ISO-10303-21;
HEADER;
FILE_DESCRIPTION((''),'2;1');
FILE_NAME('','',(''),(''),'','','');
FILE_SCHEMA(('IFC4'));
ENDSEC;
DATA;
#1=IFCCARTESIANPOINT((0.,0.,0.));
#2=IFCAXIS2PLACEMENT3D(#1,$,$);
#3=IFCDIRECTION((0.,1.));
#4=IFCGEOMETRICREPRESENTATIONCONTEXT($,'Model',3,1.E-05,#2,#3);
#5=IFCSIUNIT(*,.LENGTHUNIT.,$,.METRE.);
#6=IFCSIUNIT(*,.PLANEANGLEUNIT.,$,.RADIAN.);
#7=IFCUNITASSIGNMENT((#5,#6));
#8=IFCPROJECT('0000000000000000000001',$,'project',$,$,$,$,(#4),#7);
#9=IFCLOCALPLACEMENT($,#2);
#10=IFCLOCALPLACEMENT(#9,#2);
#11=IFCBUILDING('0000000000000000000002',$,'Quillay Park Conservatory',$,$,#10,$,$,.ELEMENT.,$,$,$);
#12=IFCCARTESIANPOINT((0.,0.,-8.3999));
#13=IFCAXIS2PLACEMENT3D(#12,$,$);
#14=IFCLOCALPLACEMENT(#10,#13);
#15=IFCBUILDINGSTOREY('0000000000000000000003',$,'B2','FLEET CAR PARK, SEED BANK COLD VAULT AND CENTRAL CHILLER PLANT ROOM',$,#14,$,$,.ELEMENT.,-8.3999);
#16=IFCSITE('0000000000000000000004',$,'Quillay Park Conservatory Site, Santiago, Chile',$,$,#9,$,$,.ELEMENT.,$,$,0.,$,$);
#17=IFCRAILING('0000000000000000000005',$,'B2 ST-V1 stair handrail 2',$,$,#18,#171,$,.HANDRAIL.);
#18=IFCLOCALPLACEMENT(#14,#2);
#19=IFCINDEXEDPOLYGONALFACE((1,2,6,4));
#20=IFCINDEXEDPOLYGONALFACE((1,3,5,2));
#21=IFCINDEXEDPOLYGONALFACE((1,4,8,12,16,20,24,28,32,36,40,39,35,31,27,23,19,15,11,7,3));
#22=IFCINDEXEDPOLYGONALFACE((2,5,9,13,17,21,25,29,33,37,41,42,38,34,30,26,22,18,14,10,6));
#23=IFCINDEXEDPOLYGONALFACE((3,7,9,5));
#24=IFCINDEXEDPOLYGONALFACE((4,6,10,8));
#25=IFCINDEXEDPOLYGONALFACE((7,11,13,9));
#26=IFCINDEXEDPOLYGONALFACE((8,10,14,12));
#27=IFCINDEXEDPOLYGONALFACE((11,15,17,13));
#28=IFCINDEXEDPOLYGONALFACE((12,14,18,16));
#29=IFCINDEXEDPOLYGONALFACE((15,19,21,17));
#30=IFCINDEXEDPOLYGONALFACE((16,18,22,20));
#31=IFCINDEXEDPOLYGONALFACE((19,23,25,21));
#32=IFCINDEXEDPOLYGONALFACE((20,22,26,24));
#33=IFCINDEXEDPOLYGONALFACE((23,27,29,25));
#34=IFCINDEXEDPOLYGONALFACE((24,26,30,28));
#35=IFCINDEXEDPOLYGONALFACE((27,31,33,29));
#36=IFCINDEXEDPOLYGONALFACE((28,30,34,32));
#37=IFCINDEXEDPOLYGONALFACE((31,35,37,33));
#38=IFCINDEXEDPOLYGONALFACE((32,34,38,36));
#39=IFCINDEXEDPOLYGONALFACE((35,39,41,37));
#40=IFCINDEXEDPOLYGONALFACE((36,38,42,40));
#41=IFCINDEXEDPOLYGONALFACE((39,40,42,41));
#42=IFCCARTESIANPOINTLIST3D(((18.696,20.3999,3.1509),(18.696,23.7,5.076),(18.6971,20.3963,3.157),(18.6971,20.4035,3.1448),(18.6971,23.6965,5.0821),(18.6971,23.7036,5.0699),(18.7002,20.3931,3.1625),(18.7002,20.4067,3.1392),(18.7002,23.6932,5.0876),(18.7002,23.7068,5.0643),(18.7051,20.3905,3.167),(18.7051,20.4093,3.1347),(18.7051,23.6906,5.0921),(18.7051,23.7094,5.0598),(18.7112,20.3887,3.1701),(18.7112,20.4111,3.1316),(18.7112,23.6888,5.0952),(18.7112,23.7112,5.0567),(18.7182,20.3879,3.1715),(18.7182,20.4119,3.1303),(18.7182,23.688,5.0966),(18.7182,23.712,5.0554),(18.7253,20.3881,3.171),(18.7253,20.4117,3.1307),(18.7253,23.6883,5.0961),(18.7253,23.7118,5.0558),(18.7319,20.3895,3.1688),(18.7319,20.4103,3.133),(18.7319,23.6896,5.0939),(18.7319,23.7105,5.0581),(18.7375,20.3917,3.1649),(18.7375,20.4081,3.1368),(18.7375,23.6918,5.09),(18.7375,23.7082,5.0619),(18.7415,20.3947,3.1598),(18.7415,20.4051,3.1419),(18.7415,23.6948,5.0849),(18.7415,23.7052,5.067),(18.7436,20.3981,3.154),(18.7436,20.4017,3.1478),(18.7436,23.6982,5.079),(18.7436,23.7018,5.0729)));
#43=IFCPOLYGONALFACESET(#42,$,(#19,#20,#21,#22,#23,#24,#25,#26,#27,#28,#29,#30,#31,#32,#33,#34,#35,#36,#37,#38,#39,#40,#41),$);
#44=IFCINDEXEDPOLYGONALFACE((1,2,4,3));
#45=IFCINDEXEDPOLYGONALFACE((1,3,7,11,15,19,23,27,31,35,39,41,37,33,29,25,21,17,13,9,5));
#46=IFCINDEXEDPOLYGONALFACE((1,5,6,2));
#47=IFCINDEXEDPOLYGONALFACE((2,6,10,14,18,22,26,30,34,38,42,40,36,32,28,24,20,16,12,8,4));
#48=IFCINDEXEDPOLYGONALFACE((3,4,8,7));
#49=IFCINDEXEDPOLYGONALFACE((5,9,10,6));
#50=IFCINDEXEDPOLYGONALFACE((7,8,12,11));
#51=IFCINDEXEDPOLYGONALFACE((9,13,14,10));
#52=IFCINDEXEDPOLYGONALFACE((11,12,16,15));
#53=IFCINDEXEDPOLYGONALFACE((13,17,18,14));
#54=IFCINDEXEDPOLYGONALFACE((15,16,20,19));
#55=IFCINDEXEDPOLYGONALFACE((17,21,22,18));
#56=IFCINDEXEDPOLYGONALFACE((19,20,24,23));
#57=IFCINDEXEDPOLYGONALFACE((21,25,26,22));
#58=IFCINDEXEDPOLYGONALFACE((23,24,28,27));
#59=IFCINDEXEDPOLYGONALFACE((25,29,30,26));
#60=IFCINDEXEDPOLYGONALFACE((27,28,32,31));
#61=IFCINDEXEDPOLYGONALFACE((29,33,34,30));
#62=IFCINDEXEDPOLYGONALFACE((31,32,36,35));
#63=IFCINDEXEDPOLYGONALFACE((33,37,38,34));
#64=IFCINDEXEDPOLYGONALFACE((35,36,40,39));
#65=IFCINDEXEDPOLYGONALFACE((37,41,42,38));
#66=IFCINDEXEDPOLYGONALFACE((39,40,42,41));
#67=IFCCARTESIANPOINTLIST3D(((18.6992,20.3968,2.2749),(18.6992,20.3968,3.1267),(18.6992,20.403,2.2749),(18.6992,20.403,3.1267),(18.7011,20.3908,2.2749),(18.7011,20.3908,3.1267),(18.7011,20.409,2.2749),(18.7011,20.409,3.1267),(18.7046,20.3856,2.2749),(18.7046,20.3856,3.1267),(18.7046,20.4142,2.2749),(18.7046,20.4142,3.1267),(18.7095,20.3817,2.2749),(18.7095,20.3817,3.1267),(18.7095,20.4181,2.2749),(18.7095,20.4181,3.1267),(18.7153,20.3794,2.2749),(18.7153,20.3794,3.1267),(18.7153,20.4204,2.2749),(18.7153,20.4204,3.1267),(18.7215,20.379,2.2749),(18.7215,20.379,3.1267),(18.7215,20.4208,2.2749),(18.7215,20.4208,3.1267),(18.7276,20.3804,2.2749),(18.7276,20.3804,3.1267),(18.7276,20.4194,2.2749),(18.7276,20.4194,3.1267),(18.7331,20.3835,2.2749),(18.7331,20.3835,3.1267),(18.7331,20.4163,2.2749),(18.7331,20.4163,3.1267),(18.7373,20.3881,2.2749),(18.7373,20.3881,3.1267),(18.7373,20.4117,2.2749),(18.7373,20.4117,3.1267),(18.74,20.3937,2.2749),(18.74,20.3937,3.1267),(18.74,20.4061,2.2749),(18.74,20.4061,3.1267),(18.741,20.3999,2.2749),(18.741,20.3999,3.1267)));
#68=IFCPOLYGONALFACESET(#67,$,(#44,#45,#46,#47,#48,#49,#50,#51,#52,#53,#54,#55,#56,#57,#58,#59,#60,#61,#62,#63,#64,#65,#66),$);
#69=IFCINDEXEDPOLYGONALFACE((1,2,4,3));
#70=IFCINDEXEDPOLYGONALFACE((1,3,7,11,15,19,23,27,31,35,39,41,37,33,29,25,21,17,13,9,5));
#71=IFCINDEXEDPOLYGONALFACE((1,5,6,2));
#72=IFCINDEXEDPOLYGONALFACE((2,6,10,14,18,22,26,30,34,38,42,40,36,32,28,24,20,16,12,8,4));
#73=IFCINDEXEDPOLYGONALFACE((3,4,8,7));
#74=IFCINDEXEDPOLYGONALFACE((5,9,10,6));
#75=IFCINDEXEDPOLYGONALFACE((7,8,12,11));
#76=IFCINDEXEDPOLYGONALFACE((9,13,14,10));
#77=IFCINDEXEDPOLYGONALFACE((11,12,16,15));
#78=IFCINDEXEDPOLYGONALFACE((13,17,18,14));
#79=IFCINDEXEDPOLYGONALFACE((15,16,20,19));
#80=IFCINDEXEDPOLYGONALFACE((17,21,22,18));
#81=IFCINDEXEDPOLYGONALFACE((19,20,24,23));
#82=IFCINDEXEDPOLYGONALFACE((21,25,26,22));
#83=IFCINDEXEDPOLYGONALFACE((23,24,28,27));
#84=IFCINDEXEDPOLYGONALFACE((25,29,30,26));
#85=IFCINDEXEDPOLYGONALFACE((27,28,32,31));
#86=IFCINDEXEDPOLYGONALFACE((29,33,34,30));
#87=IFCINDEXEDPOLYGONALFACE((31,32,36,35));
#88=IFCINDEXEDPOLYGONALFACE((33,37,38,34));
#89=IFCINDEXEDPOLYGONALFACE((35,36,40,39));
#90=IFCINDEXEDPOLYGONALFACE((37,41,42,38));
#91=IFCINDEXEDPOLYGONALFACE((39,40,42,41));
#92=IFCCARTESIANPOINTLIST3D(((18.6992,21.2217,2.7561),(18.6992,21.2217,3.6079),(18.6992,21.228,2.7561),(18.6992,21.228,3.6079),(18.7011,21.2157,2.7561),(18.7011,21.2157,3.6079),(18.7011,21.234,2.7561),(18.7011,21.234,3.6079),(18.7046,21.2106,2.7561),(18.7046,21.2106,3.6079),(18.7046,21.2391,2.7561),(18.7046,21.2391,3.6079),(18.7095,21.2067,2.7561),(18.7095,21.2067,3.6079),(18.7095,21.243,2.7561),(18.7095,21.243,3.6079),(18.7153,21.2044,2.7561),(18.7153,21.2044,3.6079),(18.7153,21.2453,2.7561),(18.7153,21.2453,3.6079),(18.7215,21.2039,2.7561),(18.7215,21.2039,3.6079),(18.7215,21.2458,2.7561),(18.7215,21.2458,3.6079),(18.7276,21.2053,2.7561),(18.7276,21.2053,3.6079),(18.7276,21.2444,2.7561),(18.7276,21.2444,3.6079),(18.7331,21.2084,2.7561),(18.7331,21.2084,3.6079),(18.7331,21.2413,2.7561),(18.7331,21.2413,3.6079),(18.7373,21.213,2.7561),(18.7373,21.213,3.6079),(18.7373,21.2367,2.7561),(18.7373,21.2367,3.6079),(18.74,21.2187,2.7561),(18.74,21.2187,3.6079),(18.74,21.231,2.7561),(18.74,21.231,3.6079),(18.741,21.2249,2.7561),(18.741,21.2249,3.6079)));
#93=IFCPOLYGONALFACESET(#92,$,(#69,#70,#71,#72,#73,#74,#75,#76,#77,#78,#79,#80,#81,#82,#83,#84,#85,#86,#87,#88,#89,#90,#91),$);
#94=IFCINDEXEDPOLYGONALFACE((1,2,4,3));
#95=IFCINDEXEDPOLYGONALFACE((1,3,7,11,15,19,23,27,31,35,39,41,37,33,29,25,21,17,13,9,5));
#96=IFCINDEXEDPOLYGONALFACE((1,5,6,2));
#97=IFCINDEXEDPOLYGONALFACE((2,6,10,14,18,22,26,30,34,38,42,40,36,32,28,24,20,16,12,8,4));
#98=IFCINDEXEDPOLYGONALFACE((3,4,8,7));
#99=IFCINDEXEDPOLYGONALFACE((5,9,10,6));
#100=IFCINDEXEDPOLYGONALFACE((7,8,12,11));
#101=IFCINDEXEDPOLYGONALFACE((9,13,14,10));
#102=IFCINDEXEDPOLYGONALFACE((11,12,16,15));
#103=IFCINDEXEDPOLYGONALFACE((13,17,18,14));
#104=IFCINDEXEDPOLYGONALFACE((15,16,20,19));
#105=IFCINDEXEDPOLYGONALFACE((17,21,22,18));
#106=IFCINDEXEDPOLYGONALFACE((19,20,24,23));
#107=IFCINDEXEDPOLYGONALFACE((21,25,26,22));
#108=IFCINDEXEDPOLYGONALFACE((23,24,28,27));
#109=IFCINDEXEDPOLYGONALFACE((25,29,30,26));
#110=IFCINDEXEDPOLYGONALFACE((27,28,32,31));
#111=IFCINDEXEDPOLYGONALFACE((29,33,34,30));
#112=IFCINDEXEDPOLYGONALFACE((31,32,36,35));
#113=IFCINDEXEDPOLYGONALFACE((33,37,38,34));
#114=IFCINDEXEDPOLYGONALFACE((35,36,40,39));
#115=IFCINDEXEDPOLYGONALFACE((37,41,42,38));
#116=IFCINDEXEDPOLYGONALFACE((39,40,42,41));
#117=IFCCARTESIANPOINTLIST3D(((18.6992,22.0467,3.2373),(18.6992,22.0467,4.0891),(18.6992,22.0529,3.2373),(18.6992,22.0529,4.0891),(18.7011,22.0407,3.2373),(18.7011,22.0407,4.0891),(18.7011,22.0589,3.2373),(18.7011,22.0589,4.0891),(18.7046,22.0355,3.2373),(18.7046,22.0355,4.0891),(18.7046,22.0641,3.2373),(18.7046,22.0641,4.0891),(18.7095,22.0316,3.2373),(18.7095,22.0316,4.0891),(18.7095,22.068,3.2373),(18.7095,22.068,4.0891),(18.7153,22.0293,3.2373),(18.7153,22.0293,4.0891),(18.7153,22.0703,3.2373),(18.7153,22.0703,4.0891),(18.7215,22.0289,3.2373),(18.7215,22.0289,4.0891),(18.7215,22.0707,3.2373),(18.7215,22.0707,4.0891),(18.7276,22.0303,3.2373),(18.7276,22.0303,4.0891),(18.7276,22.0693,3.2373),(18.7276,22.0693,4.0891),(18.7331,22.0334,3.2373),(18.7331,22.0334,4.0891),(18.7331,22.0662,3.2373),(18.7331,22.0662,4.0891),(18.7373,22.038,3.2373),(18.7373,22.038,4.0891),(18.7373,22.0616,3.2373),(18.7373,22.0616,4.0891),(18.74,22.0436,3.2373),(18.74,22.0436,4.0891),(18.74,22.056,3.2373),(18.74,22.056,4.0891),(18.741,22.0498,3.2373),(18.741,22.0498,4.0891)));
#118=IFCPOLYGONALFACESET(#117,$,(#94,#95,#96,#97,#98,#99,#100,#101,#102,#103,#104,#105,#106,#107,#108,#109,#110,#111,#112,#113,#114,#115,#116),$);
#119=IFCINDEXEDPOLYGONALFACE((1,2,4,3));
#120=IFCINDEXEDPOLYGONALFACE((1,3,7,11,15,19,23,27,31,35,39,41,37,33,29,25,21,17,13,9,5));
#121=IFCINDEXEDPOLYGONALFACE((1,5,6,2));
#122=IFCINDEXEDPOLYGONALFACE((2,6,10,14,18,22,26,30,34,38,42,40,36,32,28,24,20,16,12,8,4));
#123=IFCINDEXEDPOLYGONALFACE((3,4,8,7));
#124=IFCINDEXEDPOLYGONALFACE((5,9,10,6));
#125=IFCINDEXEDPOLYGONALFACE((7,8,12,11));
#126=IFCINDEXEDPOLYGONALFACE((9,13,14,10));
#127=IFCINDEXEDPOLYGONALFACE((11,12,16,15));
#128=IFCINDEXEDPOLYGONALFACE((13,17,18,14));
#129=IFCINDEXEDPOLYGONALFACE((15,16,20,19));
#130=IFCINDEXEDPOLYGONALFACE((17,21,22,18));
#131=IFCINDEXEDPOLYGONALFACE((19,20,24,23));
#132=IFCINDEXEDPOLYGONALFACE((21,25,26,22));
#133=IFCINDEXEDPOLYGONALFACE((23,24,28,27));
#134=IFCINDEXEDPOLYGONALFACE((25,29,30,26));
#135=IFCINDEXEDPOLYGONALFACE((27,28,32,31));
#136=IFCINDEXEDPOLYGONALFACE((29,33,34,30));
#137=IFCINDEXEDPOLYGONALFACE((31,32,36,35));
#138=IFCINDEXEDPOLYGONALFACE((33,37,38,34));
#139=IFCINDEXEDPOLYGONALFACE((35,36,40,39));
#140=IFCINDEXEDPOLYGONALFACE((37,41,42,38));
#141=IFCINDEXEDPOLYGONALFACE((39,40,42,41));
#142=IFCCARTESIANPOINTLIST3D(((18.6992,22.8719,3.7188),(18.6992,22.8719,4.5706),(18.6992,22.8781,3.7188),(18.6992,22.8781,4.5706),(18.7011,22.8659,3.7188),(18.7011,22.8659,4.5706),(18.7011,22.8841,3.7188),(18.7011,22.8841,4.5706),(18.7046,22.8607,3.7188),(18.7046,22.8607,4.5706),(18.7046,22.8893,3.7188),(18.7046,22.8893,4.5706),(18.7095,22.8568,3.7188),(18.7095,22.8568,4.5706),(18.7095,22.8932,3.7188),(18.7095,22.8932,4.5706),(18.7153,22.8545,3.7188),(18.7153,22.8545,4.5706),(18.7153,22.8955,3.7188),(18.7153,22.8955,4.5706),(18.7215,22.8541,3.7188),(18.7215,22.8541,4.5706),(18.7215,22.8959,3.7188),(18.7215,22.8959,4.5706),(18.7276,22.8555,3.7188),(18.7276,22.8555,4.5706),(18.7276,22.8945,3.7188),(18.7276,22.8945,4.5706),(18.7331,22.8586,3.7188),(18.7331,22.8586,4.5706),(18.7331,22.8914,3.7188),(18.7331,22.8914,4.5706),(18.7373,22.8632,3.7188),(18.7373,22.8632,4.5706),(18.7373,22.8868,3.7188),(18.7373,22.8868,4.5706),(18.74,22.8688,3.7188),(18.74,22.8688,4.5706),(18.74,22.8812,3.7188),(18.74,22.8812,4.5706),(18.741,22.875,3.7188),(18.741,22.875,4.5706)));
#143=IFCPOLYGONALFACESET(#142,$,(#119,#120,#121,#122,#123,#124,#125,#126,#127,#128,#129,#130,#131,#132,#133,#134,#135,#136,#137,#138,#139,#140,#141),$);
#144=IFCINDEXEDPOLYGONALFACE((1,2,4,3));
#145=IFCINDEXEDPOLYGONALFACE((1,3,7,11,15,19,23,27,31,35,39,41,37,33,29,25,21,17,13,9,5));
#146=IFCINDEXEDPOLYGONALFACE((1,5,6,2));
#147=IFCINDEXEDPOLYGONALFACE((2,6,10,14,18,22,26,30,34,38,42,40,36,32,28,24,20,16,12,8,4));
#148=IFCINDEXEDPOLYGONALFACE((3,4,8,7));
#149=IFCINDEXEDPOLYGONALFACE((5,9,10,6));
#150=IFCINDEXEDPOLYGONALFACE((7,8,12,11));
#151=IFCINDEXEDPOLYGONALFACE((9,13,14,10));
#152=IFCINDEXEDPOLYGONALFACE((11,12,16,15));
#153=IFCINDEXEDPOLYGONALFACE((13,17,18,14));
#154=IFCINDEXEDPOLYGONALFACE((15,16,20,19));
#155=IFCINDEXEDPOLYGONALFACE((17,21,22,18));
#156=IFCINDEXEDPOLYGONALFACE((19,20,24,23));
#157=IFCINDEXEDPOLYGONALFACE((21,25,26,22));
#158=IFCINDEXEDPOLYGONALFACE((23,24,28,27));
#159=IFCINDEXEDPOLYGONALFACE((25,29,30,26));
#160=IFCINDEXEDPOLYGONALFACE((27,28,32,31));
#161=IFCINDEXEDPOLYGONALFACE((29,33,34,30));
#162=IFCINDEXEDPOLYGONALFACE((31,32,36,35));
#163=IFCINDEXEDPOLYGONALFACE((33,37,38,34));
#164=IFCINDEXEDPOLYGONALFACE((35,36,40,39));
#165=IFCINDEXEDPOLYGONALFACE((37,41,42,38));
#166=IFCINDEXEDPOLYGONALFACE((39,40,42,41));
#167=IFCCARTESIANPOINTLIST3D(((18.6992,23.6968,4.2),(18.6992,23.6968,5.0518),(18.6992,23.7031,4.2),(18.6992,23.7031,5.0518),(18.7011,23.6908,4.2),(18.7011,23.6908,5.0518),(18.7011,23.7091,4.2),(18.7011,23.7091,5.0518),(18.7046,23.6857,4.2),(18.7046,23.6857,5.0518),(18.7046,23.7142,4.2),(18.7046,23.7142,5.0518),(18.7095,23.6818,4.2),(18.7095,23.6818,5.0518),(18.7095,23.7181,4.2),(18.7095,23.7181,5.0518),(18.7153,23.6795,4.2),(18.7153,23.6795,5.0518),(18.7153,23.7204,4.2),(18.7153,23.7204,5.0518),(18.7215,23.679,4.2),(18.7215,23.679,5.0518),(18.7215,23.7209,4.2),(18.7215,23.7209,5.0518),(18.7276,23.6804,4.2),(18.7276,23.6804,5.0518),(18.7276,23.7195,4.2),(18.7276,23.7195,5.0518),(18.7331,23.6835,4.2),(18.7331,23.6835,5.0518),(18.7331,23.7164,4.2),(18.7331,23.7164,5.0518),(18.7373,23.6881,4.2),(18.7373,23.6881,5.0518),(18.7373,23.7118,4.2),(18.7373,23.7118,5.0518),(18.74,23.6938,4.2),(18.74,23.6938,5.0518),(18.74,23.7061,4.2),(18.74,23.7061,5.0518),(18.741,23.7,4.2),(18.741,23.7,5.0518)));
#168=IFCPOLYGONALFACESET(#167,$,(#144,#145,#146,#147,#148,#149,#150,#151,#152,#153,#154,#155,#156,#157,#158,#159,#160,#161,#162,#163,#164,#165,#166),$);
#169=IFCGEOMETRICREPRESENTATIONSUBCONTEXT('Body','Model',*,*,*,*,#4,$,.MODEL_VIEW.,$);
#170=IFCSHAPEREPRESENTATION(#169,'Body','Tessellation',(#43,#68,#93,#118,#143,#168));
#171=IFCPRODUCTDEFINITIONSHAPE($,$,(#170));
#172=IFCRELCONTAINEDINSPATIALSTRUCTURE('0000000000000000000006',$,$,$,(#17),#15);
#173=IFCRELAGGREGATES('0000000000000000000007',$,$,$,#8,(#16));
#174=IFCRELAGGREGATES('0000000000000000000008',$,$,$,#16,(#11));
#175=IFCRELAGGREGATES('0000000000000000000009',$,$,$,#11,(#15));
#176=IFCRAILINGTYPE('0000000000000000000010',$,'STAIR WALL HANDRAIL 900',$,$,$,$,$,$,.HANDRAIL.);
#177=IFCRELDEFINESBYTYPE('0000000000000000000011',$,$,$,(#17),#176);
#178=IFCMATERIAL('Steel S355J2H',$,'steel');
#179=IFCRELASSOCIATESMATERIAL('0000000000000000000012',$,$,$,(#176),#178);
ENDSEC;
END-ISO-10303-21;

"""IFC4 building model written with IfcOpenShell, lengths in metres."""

from ifc_helpers import new_model, si_unit, direction, frame, origin, origin_2d, place, context, subcontext, project, spatial, circle, extrude, material, type_object, element, save


model = new_model("IFC4")

# Units and contexts
model_context = context("Model", 3, precision=1e-05, world=origin(), true_north=direction((0.0, 1.0)))
body_context = subcontext(model_context, "Body", "Model", "MODEL_VIEW")
ifc_project = project(units=[si_unit("LENGTHUNIT", "METRE"), si_unit("PLANEANGLEUNIT", "RADIAN")], contexts=[model_context])

# Site, building, storey
site_placement = place(None, origin())
site = spatial("IfcSite", under=ifc_project, at=site_placement, Name="Quillay Park Conservatory Site, Santiago, Chile", CompositionType="ELEMENT", RefElevation=0.0)
building_placement = place(site_placement, origin())
building = spatial("IfcBuilding", under=site, at=building_placement, Name="Quillay Park Conservatory", CompositionType="ELEMENT")
storey_placement = place(building_placement, frame((0.0, 0.0, -8.3999)))
storey = spatial("IfcBuildingStorey", under=building, at=storey_placement, Name="B2", Description="FLEET CAR PARK, SEED BANK COLD VAULT AND CENTRAL CHILLER PLANT ROOM", CompositionType="ELEMENT", Elevation=-8.3999)

# Railing
ifc_material_1 = material(Name="Steel S355J2H", Category="steel")
railing_type_1 = type_object("IfcRailingType", Name="STAIR WALL HANDRAIL 900", PredefinedType="HANDRAIL", material=ifc_material_1)
railing_1_placement = place(storey_placement, frame((18.72, 20.3999, 2.2749)))
element("IfcRailing", 1, at=railing_1_placement, inside=storey, type_object=railing_type_1, Name="B2 ST-V1 stair handrail 2", PredefinedType="HANDRAIL", context=body_context, shape_type="SweptSolid", body=[
    extrude(circle(Radius=0.0239, at=origin_2d()), frame((0.0, 0.0, 0.876), z_axis=(0.0, 0.863777, 0.503875), x_axis=(-1.0, 0.0, 0.0)), (0.0, 0.0, 1.0), 3.8206),
    extrude(circle(Radius=0.021, at=origin_2d()), origin(), (0.0, 0.0, 1.0), 0.8518),
    extrude(circle(Radius=0.021, at=origin_2d()), frame((0.0, 0.825, 0.4812)), (0.0, 0.0, 1.0), 0.8518),
    extrude(circle(Radius=0.021, at=origin_2d()), frame((0.0, 1.6499, 0.9624)), (0.0, 0.0, 1.0), 0.8518),
    extrude(circle(Radius=0.021, at=origin_2d()), frame((0.0, 2.4751, 1.4438)), (0.0, 0.0, 1.0), 0.8518),
    extrude(circle(Radius=0.021, at=origin_2d()), frame((0.0, 3.3, 1.925)), (0.0, 0.0, 1.0), 0.8518),
])

save(model, "model.ifc")
